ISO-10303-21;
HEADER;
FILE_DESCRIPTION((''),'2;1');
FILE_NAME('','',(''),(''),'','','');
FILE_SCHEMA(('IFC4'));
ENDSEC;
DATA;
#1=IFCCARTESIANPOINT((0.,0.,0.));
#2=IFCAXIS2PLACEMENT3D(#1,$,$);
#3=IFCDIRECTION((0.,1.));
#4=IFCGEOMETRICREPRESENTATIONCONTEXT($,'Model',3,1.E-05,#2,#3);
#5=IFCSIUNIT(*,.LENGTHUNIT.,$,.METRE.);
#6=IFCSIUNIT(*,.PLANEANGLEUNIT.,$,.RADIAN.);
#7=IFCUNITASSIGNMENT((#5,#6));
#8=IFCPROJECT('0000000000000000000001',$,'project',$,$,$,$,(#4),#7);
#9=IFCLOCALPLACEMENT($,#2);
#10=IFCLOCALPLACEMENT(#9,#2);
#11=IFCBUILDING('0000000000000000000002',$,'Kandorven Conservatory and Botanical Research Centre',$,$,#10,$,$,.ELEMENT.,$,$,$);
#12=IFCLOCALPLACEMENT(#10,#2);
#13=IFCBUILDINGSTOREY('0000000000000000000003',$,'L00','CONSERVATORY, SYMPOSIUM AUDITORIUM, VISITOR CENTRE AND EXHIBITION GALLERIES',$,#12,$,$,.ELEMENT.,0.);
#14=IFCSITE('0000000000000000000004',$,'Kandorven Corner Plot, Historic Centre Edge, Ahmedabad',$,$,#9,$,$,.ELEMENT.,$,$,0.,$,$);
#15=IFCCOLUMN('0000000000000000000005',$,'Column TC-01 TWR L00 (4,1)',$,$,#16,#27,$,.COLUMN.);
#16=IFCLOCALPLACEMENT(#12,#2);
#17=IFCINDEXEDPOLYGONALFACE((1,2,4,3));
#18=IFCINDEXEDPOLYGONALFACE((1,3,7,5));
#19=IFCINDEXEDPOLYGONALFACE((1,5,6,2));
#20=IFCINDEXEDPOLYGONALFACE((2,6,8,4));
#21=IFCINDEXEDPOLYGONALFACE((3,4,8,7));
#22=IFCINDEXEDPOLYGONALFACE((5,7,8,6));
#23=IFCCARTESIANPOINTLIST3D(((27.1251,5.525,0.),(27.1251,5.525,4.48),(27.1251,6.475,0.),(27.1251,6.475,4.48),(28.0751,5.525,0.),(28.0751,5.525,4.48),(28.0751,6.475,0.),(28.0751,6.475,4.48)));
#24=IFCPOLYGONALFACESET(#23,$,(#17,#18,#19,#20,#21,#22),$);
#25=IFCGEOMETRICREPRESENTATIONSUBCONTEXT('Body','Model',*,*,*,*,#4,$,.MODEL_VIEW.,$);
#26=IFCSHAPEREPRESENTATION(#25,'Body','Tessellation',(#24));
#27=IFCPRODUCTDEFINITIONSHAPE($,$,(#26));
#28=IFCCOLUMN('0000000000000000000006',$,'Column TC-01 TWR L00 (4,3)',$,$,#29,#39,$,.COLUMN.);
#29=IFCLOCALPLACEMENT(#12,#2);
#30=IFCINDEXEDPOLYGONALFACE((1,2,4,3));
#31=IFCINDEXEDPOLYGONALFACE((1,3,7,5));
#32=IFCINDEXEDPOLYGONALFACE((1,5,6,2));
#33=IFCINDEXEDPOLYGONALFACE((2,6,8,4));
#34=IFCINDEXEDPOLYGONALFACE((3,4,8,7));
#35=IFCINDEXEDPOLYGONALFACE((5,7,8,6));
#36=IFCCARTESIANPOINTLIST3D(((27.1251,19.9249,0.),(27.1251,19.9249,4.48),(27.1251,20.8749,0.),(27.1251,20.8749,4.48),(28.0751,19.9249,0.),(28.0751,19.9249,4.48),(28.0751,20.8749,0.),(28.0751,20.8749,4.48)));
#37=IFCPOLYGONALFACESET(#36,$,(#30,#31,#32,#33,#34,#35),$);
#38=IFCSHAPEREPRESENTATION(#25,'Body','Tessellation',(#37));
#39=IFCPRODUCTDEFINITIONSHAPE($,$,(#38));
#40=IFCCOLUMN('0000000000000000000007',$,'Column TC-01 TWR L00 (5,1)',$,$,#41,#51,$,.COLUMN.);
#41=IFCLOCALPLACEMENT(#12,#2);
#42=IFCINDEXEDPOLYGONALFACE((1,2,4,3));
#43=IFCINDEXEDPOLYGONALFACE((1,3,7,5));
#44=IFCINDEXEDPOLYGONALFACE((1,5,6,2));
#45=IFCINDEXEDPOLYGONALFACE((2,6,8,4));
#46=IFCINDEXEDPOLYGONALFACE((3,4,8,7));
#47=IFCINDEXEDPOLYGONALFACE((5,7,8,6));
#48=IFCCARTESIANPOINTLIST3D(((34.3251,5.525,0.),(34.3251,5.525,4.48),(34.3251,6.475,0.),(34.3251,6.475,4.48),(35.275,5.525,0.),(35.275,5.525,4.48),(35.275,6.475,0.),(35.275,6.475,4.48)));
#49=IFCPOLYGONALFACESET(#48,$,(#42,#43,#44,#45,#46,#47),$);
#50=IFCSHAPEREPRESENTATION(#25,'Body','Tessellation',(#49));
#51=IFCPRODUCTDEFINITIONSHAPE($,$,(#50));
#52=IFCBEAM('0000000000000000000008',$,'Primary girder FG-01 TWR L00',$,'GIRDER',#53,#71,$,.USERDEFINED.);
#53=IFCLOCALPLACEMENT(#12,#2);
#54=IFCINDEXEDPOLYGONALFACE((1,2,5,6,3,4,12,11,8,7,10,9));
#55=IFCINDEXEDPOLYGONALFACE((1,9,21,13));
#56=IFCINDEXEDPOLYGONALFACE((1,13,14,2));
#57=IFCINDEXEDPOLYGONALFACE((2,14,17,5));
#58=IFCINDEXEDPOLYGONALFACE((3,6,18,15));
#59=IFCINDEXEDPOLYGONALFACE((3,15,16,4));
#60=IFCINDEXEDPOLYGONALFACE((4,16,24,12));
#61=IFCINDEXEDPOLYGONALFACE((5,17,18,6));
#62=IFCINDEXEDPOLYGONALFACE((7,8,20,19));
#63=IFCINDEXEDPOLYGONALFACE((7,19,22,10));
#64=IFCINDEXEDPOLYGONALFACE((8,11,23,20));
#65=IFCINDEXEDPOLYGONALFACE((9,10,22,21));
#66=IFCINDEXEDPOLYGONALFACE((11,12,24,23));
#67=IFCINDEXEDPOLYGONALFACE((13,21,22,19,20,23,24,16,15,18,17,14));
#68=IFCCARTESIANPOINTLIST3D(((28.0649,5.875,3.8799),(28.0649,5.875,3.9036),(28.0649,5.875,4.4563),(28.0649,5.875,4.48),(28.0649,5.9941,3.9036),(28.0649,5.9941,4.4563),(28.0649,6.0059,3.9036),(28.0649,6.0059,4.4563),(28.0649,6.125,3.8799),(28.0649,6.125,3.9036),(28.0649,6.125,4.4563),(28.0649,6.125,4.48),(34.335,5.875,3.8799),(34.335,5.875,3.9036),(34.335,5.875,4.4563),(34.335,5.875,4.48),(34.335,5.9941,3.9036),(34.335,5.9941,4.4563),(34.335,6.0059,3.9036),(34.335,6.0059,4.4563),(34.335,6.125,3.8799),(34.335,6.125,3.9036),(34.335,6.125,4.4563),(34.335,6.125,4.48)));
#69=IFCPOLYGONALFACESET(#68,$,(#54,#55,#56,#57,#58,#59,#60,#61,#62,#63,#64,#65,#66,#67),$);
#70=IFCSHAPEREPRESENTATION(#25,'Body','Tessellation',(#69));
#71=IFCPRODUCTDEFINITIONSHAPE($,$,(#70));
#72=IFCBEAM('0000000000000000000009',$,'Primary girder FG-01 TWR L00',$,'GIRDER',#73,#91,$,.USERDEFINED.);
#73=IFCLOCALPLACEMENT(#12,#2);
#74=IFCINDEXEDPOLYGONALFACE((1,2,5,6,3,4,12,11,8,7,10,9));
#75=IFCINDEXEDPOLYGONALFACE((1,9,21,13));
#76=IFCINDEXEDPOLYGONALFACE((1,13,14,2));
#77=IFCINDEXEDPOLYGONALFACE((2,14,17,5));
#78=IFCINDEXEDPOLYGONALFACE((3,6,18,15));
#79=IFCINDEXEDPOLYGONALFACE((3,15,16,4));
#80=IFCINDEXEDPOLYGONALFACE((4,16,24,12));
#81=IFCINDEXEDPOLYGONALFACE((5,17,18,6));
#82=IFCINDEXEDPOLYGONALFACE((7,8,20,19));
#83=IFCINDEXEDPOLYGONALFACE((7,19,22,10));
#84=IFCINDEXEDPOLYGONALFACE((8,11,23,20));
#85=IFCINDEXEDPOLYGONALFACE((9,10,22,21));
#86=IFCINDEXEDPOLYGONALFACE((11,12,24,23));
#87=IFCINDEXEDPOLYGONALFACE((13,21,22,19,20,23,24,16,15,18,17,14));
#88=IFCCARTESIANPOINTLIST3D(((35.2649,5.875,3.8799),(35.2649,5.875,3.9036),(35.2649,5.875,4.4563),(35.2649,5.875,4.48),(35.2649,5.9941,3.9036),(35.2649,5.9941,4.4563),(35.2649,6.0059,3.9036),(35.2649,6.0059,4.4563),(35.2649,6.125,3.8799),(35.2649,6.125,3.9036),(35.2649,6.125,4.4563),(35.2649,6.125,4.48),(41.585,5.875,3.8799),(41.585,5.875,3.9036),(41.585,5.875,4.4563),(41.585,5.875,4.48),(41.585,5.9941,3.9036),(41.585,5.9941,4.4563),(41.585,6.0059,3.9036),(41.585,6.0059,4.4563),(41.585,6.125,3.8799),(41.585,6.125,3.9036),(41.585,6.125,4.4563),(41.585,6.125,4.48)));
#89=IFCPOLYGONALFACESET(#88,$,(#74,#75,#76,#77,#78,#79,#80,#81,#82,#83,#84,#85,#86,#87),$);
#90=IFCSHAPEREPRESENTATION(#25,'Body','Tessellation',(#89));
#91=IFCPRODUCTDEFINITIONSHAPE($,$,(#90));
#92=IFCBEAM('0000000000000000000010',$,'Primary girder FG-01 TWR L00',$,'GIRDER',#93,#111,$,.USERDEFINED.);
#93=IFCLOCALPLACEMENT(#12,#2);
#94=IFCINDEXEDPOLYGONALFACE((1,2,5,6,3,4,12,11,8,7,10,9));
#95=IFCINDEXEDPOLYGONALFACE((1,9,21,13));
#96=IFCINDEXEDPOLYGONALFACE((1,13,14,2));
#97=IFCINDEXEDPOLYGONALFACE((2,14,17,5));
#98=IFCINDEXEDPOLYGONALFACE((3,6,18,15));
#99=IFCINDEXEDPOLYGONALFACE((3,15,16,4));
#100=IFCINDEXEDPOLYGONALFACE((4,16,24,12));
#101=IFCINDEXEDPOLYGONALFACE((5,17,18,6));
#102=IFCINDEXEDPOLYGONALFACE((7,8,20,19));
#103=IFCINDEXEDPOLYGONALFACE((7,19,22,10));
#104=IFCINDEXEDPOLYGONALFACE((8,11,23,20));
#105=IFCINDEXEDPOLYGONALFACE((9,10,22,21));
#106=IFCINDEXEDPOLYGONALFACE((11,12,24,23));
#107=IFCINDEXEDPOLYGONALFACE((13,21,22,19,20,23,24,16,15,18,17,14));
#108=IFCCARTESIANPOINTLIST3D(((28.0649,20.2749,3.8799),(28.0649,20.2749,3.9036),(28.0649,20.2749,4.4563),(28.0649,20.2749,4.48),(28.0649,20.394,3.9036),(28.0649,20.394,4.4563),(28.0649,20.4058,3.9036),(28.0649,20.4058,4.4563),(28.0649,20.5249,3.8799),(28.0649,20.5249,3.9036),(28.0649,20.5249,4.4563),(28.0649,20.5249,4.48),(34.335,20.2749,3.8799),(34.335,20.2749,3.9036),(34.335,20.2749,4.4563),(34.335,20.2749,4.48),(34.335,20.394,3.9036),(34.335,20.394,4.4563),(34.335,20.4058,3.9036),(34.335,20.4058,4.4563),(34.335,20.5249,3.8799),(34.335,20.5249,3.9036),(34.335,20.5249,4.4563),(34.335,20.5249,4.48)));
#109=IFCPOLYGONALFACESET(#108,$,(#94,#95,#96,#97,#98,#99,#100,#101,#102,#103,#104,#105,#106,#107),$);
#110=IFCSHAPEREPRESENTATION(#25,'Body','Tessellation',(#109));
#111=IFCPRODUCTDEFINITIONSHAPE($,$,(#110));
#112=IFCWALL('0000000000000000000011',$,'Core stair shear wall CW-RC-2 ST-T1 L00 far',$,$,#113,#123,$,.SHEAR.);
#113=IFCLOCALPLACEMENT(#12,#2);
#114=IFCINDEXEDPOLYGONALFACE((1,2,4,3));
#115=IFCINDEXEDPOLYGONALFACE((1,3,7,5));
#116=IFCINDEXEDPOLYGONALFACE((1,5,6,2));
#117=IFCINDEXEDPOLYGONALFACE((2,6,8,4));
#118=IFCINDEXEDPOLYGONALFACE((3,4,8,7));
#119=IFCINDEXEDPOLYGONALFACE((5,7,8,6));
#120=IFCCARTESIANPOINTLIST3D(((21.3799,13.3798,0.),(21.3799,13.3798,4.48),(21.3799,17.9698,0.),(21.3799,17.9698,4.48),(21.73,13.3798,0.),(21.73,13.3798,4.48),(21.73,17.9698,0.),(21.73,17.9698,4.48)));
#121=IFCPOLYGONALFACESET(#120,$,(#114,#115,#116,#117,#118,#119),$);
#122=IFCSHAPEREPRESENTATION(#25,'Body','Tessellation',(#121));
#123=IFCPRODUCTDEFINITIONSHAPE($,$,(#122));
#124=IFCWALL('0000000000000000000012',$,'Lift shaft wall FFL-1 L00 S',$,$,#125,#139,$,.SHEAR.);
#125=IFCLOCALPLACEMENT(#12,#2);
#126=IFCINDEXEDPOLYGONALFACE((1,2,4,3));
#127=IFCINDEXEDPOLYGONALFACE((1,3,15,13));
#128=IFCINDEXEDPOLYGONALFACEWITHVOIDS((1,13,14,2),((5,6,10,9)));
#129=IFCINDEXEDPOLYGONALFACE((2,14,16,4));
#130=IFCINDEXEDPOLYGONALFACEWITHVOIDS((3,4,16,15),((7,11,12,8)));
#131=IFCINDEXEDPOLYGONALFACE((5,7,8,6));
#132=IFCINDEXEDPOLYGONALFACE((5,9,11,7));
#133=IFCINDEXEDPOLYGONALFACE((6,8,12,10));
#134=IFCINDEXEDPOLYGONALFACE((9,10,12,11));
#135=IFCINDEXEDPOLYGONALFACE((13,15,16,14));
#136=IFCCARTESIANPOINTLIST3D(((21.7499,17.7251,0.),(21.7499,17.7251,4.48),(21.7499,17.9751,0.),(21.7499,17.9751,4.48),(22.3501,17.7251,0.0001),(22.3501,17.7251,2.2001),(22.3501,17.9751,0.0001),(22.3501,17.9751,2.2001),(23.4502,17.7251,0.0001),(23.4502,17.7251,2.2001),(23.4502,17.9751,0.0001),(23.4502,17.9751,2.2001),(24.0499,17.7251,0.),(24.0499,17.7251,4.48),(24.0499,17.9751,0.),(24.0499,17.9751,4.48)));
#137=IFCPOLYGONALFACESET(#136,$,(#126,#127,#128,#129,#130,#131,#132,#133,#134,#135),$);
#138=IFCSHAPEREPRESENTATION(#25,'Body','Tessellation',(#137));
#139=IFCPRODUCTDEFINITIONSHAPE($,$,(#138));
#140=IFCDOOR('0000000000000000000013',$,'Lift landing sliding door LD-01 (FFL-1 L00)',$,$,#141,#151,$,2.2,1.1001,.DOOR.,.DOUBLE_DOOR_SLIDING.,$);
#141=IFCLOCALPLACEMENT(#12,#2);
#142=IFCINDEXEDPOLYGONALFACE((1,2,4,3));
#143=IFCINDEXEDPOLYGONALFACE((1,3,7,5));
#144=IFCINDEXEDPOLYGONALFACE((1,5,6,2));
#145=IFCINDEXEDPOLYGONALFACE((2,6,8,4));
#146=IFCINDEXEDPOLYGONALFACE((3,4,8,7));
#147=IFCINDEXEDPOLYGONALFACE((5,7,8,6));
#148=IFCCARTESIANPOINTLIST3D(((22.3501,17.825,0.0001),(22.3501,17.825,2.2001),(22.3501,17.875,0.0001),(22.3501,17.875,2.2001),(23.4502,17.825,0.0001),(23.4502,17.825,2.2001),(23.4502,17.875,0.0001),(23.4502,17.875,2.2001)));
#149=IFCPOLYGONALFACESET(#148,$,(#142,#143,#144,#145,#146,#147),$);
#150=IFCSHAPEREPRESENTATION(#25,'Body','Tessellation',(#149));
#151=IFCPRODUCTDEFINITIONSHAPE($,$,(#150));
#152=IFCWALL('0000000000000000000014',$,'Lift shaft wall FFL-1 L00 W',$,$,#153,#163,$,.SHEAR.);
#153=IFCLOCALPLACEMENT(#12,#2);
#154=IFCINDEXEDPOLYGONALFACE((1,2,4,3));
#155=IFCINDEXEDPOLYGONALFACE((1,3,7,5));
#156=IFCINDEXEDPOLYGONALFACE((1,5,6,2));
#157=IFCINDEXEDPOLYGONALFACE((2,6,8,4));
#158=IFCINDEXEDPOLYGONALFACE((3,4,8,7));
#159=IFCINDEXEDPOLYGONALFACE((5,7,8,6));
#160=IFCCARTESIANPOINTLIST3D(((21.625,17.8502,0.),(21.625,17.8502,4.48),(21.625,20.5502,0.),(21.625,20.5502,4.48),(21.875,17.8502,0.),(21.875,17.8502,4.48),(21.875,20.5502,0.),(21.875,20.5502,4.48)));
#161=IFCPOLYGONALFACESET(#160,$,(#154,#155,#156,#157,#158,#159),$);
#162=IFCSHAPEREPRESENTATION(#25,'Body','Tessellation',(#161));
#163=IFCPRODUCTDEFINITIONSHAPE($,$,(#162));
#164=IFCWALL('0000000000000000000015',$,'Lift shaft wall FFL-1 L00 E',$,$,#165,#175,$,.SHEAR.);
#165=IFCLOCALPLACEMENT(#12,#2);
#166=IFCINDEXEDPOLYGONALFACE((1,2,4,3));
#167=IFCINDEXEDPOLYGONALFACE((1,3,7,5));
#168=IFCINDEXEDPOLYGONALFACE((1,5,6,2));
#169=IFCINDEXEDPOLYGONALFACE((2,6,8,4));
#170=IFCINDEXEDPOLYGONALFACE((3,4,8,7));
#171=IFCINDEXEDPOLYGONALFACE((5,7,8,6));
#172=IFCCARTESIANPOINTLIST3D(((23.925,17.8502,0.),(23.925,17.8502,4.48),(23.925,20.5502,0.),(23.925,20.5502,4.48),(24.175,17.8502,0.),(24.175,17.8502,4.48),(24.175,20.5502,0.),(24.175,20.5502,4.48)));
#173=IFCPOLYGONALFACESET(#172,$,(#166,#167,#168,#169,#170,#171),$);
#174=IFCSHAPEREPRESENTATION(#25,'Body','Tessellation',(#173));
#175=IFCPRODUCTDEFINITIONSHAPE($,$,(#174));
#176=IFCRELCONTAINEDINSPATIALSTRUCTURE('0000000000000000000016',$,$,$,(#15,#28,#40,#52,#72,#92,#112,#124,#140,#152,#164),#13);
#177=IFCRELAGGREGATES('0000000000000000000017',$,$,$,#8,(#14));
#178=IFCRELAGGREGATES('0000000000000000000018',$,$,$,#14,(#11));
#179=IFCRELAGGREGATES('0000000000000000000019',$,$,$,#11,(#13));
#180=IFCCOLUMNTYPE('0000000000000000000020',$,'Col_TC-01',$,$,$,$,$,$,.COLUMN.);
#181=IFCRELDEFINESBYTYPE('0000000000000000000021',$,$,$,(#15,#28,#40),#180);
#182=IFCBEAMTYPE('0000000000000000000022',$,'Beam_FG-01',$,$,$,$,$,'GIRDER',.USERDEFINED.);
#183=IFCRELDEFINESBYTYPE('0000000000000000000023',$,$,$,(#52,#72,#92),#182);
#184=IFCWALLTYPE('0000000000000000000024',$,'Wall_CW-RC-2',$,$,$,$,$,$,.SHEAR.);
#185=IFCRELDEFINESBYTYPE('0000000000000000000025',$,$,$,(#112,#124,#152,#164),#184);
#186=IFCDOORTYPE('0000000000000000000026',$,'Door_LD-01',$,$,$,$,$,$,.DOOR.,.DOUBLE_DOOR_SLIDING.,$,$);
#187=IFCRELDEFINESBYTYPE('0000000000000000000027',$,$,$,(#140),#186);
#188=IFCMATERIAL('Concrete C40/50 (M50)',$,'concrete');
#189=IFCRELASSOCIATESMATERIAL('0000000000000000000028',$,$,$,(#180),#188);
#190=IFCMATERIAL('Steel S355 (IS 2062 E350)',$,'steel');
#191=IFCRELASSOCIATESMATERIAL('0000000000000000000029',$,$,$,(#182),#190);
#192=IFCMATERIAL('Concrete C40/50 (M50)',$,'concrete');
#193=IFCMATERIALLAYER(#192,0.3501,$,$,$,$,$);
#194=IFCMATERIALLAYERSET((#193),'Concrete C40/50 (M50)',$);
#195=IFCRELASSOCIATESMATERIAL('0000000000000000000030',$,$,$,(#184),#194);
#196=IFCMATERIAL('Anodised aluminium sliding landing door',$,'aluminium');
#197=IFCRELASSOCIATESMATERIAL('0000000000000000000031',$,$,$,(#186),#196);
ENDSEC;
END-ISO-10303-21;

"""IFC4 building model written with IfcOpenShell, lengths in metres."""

from ifc_helpers import new_model, si_unit, direction, frame, frame_2d, origin, origin_2d, place, context, subcontext, project, spatial, rectangle, i_section, extrude, material, layer, layer_set, material_profile, profile_set, type_object, element, fill, save


model = new_model("IFC4")

# Units and contexts
model_context = context("Model", 3, precision=1e-05, world=origin(), true_north=direction((0.0, 1.0)))
body_context = subcontext(model_context, "Body", "Model", "MODEL_VIEW")
ifc_project = project(units=[si_unit("LENGTHUNIT", "METRE"), si_unit("PLANEANGLEUNIT", "RADIAN")], contexts=[model_context])

# Site, building, storey
site_placement = place(None, origin())
site = spatial("IfcSite", under=ifc_project, at=site_placement, Name="Kandorven Corner Plot, Historic Centre Edge, Ahmedabad", CompositionType="ELEMENT", RefElevation=0.0)
building_placement = place(site_placement, origin())
building = spatial("IfcBuilding", under=site, at=building_placement, Name="Kandorven Conservatory and Botanical Research Centre", CompositionType="ELEMENT")
storey_placement = place(building_placement, origin())
storey = spatial("IfcBuildingStorey", under=building, at=storey_placement, Name="L00", Description="CONSERVATORY, SYMPOSIUM AUDITORIUM, VISITOR CENTRE AND EXHIBITION GALLERIES", CompositionType="ELEMENT", Elevation=0.0)

# Columns
ifc_material_1 = material(Name="Concrete C40/50 (M50)", Category="concrete")
ifc_material_profile_1 = material_profile(ifc_material_1, rectangle(XDim=0.95, YDim=0.95, at=origin_2d()))
ifc_profile_set_1 = profile_set([ifc_material_profile_1], Name="Concrete C40/50 (M50)")
column_type = type_object("IfcColumnType", Name="Col_TC-01", PredefinedType="COLUMN", material=ifc_profile_set_1)
for number, where, z_axis, x_axis, name in (
    (1, (27.6001, 6.0, 0.0), (0.0, 0.0, 1.0), (1.0, 0.0, 0.0), "Column TC-01 TWR L00 (4,1)"),
    (2, (27.6001, 20.3999, 0.0), (0.0, 0.0, 1.0), (1.0, 0.0, 0.0), "Column TC-01 TWR L00 (4,3)"),
    (3, (34.8, 6.0, 0.0), (0.0, 0.0, 1.0), (1.0, 0.0, 0.0), "Column TC-01 TWR L00 (5,1)"),
):
    element("IfcColumn", number, at=place(storey_placement, frame(where, z_axis=z_axis, x_axis=x_axis)), inside=storey, type_object=column_type, Name=name, PredefinedType="COLUMN", context=body_context, shape_type="SweptSolid", body=[
        extrude(rectangle(XDim=0.95, YDim=0.95, at=origin_2d()), origin(), (0.0, 0.0, 1.0), 4.48),
    ])

# Beams
ifc_material_2 = material(Name="Steel S355 (IS 2062 E350)", Category="steel")
ifc_material_profile_2 = material_profile(ifc_material_2, i_section(OverallWidth=0.25, OverallDepth=0.6001, WebThickness=0.0117, FlangeThickness=0.0237, at=origin_2d()))
ifc_profile_set_2 = profile_set([ifc_material_profile_2], Name="Steel S355 (IS 2062 E350)")
beam_type = type_object("IfcBeamType", Name="Beam_FG-01", ElementType="GIRDER", PredefinedType="USERDEFINED", material=ifc_profile_set_2)
beam_1_placement = place(storey_placement, frame((28.0649, 6.0, 4.1799), z_axis=(1.0, 0.0, 0.0), x_axis=(0.0, 1.0, 0.0)))
element("IfcBeam", 4, at=beam_1_placement, inside=storey, type_object=beam_type, Name="Primary girder FG-01 TWR L00", ObjectType="GIRDER", PredefinedType="USERDEFINED", context=body_context, shape_type="SweptSolid", body=[
    extrude(i_section(OverallWidth=0.25, OverallDepth=0.6001, WebThickness=0.0117, FlangeThickness=0.0237, at=origin_2d()), origin(), (0.0, 0.0, 1.0), 6.27),
])
beam_2_placement = place(storey_placement, frame((35.2649, 6.0, 4.1799), z_axis=(1.0, 0.0, 0.0), x_axis=(0.0, 1.0, 0.0)))
element("IfcBeam", 5, at=beam_2_placement, inside=storey, type_object=beam_type, Name="Primary girder FG-01 TWR L00", ObjectType="GIRDER", PredefinedType="USERDEFINED", context=body_context, shape_type="SweptSolid", body=[
    extrude(i_section(OverallWidth=0.25, OverallDepth=0.6001, WebThickness=0.0117, FlangeThickness=0.0237, at=origin_2d()), origin(), (0.0, 0.0, 1.0), 6.3201),
])
beam_3_placement = place(storey_placement, frame((28.0649, 20.3999, 4.1799), z_axis=(1.0, 0.0, 0.0), x_axis=(0.0, 1.0, 0.0)))
element("IfcBeam", 6, at=beam_3_placement, inside=storey, type_object=beam_type, Name="Primary girder FG-01 TWR L00", ObjectType="GIRDER", PredefinedType="USERDEFINED", context=body_context, shape_type="SweptSolid", body=[
    extrude(i_section(OverallWidth=0.25, OverallDepth=0.6001, WebThickness=0.0117, FlangeThickness=0.0237, at=origin_2d()), origin(), (0.0, 0.0, 1.0), 6.27),
])

# Wall
ifc_material_3 = material(Name="Concrete C40/50 (M50)", Category="concrete")
ifc_layer_1 = layer(ifc_material_3, 0.3501)
ifc_layer_set_1 = layer_set([ifc_layer_1], Name="Concrete C40/50 (M50)")
wall_type_1 = type_object("IfcWallType", Name="Wall_CW-RC-2", PredefinedType="SHEAR", material=ifc_layer_set_1)
wall_1_placement = place(storey_placement, frame((21.5549, 13.3799, 0.0), z_axis=(0.0, 0.0, 1.0), x_axis=(0.0, 1.0, 0.0)))
element("IfcWall", 7, at=wall_1_placement, inside=storey, type_object=wall_type_1, Name="Core stair shear wall CW-RC-2 ST-T1 L00 far", PredefinedType="SHEAR", context=body_context, shape_type="SweptSolid", body=[
    extrude(rectangle(XDim=4.5901, YDim=0.3501, at=frame_2d((2.2949, 0.0))), origin(), (0.0, 0.0, 1.0), 4.48),
])

# Wall, opening, door
wall_2_placement = place(storey_placement, frame((21.75, 17.8501, 0.0), z_axis=(0.0, 0.0, 1.0), x_axis=(1.0, 0.0, 0.0)))
wall_2 = element("IfcWall", 8, at=wall_2_placement, inside=storey, type_object=wall_type_1, Name="Lift shaft wall FFL-1 L00 S", PredefinedType="SHEAR", context=body_context, shape_type="SweptSolid", body=[
    extrude(rectangle(XDim=2.3, YDim=0.25, at=frame_2d((1.1499, 0.0))), origin(), (0.0, 0.0, 1.0), 4.48),
])
opening_1_placement = place(wall_2_placement, frame((0.6001, 0.0, 0.0)))
opening_1 = element("IfcOpeningElement", 9, at=opening_1_placement, cuts=wall_2, PredefinedType="OPENING", context=body_context, shape_type="SweptSolid", body=[
    extrude(rectangle(XDim=1.1001, YDim=2.2, at=frame_2d((0.55, 1.1001))), frame((0.0, 0.135, 0.0), z_axis=(0.0, -1.0, 0.0), x_axis=(1.0, 0.0, 0.0)), (0.0, 0.0, 1.0), 0.27),
])
ifc_material_4 = material(Name="Anodised aluminium sliding landing door", Category="aluminium")
door_type_1 = type_object("IfcDoorType", Name="Door_LD-01", OperationType="DOUBLE_DOOR_SLIDING", PredefinedType="DOOR", material=ifc_material_4)
door_1_placement = place(opening_1_placement, origin())
door_1 = element("IfcDoor", 10, at=door_1_placement, inside=storey, type_object=door_type_1, Name="Lift landing sliding door LD-01 (FFL-1 L00)", OperationType="DOUBLE_DOOR_SLIDING", OverallHeight=2.2, OverallWidth=1.1001, PredefinedType="DOOR", context=body_context, shape_type="SweptSolid", body=[
    extrude(rectangle(XDim=1.1001, YDim=2.2, at=frame_2d((0.55, 1.1001))), frame((0.0, 0.0249, 0.0), z_axis=(0.0, -1.0, 0.0), x_axis=(1.0, 0.0, 0.0)), (0.0, 0.0, 1.0), 0.05),
])
fill(opening_1, door_1)

# Walls
for number, where, z_axis, x_axis, name in (
    (11, (21.75, 17.8501, 0.0), (0.0, 0.0, 1.0), (0.0, 1.0, 0.0), "Lift shaft wall FFL-1 L00 W"),
    (12, (24.05, 17.8501, 0.0), (0.0, 0.0, 1.0), (0.0, 1.0, 0.0), "Lift shaft wall FFL-1 L00 E"),
):
    element("IfcWall", number, at=place(storey_placement, frame(where, z_axis=z_axis, x_axis=x_axis)), inside=storey, type_object=wall_type_1, Name=name, PredefinedType="SHEAR", context=body_context, shape_type="SweptSolid", body=[
        extrude(rectangle(XDim=2.7, YDim=0.25, at=frame_2d((1.3501, 0.0))), origin(), (0.0, 0.0, 1.0), 4.48),
    ])

save(model, "model.ifc")
